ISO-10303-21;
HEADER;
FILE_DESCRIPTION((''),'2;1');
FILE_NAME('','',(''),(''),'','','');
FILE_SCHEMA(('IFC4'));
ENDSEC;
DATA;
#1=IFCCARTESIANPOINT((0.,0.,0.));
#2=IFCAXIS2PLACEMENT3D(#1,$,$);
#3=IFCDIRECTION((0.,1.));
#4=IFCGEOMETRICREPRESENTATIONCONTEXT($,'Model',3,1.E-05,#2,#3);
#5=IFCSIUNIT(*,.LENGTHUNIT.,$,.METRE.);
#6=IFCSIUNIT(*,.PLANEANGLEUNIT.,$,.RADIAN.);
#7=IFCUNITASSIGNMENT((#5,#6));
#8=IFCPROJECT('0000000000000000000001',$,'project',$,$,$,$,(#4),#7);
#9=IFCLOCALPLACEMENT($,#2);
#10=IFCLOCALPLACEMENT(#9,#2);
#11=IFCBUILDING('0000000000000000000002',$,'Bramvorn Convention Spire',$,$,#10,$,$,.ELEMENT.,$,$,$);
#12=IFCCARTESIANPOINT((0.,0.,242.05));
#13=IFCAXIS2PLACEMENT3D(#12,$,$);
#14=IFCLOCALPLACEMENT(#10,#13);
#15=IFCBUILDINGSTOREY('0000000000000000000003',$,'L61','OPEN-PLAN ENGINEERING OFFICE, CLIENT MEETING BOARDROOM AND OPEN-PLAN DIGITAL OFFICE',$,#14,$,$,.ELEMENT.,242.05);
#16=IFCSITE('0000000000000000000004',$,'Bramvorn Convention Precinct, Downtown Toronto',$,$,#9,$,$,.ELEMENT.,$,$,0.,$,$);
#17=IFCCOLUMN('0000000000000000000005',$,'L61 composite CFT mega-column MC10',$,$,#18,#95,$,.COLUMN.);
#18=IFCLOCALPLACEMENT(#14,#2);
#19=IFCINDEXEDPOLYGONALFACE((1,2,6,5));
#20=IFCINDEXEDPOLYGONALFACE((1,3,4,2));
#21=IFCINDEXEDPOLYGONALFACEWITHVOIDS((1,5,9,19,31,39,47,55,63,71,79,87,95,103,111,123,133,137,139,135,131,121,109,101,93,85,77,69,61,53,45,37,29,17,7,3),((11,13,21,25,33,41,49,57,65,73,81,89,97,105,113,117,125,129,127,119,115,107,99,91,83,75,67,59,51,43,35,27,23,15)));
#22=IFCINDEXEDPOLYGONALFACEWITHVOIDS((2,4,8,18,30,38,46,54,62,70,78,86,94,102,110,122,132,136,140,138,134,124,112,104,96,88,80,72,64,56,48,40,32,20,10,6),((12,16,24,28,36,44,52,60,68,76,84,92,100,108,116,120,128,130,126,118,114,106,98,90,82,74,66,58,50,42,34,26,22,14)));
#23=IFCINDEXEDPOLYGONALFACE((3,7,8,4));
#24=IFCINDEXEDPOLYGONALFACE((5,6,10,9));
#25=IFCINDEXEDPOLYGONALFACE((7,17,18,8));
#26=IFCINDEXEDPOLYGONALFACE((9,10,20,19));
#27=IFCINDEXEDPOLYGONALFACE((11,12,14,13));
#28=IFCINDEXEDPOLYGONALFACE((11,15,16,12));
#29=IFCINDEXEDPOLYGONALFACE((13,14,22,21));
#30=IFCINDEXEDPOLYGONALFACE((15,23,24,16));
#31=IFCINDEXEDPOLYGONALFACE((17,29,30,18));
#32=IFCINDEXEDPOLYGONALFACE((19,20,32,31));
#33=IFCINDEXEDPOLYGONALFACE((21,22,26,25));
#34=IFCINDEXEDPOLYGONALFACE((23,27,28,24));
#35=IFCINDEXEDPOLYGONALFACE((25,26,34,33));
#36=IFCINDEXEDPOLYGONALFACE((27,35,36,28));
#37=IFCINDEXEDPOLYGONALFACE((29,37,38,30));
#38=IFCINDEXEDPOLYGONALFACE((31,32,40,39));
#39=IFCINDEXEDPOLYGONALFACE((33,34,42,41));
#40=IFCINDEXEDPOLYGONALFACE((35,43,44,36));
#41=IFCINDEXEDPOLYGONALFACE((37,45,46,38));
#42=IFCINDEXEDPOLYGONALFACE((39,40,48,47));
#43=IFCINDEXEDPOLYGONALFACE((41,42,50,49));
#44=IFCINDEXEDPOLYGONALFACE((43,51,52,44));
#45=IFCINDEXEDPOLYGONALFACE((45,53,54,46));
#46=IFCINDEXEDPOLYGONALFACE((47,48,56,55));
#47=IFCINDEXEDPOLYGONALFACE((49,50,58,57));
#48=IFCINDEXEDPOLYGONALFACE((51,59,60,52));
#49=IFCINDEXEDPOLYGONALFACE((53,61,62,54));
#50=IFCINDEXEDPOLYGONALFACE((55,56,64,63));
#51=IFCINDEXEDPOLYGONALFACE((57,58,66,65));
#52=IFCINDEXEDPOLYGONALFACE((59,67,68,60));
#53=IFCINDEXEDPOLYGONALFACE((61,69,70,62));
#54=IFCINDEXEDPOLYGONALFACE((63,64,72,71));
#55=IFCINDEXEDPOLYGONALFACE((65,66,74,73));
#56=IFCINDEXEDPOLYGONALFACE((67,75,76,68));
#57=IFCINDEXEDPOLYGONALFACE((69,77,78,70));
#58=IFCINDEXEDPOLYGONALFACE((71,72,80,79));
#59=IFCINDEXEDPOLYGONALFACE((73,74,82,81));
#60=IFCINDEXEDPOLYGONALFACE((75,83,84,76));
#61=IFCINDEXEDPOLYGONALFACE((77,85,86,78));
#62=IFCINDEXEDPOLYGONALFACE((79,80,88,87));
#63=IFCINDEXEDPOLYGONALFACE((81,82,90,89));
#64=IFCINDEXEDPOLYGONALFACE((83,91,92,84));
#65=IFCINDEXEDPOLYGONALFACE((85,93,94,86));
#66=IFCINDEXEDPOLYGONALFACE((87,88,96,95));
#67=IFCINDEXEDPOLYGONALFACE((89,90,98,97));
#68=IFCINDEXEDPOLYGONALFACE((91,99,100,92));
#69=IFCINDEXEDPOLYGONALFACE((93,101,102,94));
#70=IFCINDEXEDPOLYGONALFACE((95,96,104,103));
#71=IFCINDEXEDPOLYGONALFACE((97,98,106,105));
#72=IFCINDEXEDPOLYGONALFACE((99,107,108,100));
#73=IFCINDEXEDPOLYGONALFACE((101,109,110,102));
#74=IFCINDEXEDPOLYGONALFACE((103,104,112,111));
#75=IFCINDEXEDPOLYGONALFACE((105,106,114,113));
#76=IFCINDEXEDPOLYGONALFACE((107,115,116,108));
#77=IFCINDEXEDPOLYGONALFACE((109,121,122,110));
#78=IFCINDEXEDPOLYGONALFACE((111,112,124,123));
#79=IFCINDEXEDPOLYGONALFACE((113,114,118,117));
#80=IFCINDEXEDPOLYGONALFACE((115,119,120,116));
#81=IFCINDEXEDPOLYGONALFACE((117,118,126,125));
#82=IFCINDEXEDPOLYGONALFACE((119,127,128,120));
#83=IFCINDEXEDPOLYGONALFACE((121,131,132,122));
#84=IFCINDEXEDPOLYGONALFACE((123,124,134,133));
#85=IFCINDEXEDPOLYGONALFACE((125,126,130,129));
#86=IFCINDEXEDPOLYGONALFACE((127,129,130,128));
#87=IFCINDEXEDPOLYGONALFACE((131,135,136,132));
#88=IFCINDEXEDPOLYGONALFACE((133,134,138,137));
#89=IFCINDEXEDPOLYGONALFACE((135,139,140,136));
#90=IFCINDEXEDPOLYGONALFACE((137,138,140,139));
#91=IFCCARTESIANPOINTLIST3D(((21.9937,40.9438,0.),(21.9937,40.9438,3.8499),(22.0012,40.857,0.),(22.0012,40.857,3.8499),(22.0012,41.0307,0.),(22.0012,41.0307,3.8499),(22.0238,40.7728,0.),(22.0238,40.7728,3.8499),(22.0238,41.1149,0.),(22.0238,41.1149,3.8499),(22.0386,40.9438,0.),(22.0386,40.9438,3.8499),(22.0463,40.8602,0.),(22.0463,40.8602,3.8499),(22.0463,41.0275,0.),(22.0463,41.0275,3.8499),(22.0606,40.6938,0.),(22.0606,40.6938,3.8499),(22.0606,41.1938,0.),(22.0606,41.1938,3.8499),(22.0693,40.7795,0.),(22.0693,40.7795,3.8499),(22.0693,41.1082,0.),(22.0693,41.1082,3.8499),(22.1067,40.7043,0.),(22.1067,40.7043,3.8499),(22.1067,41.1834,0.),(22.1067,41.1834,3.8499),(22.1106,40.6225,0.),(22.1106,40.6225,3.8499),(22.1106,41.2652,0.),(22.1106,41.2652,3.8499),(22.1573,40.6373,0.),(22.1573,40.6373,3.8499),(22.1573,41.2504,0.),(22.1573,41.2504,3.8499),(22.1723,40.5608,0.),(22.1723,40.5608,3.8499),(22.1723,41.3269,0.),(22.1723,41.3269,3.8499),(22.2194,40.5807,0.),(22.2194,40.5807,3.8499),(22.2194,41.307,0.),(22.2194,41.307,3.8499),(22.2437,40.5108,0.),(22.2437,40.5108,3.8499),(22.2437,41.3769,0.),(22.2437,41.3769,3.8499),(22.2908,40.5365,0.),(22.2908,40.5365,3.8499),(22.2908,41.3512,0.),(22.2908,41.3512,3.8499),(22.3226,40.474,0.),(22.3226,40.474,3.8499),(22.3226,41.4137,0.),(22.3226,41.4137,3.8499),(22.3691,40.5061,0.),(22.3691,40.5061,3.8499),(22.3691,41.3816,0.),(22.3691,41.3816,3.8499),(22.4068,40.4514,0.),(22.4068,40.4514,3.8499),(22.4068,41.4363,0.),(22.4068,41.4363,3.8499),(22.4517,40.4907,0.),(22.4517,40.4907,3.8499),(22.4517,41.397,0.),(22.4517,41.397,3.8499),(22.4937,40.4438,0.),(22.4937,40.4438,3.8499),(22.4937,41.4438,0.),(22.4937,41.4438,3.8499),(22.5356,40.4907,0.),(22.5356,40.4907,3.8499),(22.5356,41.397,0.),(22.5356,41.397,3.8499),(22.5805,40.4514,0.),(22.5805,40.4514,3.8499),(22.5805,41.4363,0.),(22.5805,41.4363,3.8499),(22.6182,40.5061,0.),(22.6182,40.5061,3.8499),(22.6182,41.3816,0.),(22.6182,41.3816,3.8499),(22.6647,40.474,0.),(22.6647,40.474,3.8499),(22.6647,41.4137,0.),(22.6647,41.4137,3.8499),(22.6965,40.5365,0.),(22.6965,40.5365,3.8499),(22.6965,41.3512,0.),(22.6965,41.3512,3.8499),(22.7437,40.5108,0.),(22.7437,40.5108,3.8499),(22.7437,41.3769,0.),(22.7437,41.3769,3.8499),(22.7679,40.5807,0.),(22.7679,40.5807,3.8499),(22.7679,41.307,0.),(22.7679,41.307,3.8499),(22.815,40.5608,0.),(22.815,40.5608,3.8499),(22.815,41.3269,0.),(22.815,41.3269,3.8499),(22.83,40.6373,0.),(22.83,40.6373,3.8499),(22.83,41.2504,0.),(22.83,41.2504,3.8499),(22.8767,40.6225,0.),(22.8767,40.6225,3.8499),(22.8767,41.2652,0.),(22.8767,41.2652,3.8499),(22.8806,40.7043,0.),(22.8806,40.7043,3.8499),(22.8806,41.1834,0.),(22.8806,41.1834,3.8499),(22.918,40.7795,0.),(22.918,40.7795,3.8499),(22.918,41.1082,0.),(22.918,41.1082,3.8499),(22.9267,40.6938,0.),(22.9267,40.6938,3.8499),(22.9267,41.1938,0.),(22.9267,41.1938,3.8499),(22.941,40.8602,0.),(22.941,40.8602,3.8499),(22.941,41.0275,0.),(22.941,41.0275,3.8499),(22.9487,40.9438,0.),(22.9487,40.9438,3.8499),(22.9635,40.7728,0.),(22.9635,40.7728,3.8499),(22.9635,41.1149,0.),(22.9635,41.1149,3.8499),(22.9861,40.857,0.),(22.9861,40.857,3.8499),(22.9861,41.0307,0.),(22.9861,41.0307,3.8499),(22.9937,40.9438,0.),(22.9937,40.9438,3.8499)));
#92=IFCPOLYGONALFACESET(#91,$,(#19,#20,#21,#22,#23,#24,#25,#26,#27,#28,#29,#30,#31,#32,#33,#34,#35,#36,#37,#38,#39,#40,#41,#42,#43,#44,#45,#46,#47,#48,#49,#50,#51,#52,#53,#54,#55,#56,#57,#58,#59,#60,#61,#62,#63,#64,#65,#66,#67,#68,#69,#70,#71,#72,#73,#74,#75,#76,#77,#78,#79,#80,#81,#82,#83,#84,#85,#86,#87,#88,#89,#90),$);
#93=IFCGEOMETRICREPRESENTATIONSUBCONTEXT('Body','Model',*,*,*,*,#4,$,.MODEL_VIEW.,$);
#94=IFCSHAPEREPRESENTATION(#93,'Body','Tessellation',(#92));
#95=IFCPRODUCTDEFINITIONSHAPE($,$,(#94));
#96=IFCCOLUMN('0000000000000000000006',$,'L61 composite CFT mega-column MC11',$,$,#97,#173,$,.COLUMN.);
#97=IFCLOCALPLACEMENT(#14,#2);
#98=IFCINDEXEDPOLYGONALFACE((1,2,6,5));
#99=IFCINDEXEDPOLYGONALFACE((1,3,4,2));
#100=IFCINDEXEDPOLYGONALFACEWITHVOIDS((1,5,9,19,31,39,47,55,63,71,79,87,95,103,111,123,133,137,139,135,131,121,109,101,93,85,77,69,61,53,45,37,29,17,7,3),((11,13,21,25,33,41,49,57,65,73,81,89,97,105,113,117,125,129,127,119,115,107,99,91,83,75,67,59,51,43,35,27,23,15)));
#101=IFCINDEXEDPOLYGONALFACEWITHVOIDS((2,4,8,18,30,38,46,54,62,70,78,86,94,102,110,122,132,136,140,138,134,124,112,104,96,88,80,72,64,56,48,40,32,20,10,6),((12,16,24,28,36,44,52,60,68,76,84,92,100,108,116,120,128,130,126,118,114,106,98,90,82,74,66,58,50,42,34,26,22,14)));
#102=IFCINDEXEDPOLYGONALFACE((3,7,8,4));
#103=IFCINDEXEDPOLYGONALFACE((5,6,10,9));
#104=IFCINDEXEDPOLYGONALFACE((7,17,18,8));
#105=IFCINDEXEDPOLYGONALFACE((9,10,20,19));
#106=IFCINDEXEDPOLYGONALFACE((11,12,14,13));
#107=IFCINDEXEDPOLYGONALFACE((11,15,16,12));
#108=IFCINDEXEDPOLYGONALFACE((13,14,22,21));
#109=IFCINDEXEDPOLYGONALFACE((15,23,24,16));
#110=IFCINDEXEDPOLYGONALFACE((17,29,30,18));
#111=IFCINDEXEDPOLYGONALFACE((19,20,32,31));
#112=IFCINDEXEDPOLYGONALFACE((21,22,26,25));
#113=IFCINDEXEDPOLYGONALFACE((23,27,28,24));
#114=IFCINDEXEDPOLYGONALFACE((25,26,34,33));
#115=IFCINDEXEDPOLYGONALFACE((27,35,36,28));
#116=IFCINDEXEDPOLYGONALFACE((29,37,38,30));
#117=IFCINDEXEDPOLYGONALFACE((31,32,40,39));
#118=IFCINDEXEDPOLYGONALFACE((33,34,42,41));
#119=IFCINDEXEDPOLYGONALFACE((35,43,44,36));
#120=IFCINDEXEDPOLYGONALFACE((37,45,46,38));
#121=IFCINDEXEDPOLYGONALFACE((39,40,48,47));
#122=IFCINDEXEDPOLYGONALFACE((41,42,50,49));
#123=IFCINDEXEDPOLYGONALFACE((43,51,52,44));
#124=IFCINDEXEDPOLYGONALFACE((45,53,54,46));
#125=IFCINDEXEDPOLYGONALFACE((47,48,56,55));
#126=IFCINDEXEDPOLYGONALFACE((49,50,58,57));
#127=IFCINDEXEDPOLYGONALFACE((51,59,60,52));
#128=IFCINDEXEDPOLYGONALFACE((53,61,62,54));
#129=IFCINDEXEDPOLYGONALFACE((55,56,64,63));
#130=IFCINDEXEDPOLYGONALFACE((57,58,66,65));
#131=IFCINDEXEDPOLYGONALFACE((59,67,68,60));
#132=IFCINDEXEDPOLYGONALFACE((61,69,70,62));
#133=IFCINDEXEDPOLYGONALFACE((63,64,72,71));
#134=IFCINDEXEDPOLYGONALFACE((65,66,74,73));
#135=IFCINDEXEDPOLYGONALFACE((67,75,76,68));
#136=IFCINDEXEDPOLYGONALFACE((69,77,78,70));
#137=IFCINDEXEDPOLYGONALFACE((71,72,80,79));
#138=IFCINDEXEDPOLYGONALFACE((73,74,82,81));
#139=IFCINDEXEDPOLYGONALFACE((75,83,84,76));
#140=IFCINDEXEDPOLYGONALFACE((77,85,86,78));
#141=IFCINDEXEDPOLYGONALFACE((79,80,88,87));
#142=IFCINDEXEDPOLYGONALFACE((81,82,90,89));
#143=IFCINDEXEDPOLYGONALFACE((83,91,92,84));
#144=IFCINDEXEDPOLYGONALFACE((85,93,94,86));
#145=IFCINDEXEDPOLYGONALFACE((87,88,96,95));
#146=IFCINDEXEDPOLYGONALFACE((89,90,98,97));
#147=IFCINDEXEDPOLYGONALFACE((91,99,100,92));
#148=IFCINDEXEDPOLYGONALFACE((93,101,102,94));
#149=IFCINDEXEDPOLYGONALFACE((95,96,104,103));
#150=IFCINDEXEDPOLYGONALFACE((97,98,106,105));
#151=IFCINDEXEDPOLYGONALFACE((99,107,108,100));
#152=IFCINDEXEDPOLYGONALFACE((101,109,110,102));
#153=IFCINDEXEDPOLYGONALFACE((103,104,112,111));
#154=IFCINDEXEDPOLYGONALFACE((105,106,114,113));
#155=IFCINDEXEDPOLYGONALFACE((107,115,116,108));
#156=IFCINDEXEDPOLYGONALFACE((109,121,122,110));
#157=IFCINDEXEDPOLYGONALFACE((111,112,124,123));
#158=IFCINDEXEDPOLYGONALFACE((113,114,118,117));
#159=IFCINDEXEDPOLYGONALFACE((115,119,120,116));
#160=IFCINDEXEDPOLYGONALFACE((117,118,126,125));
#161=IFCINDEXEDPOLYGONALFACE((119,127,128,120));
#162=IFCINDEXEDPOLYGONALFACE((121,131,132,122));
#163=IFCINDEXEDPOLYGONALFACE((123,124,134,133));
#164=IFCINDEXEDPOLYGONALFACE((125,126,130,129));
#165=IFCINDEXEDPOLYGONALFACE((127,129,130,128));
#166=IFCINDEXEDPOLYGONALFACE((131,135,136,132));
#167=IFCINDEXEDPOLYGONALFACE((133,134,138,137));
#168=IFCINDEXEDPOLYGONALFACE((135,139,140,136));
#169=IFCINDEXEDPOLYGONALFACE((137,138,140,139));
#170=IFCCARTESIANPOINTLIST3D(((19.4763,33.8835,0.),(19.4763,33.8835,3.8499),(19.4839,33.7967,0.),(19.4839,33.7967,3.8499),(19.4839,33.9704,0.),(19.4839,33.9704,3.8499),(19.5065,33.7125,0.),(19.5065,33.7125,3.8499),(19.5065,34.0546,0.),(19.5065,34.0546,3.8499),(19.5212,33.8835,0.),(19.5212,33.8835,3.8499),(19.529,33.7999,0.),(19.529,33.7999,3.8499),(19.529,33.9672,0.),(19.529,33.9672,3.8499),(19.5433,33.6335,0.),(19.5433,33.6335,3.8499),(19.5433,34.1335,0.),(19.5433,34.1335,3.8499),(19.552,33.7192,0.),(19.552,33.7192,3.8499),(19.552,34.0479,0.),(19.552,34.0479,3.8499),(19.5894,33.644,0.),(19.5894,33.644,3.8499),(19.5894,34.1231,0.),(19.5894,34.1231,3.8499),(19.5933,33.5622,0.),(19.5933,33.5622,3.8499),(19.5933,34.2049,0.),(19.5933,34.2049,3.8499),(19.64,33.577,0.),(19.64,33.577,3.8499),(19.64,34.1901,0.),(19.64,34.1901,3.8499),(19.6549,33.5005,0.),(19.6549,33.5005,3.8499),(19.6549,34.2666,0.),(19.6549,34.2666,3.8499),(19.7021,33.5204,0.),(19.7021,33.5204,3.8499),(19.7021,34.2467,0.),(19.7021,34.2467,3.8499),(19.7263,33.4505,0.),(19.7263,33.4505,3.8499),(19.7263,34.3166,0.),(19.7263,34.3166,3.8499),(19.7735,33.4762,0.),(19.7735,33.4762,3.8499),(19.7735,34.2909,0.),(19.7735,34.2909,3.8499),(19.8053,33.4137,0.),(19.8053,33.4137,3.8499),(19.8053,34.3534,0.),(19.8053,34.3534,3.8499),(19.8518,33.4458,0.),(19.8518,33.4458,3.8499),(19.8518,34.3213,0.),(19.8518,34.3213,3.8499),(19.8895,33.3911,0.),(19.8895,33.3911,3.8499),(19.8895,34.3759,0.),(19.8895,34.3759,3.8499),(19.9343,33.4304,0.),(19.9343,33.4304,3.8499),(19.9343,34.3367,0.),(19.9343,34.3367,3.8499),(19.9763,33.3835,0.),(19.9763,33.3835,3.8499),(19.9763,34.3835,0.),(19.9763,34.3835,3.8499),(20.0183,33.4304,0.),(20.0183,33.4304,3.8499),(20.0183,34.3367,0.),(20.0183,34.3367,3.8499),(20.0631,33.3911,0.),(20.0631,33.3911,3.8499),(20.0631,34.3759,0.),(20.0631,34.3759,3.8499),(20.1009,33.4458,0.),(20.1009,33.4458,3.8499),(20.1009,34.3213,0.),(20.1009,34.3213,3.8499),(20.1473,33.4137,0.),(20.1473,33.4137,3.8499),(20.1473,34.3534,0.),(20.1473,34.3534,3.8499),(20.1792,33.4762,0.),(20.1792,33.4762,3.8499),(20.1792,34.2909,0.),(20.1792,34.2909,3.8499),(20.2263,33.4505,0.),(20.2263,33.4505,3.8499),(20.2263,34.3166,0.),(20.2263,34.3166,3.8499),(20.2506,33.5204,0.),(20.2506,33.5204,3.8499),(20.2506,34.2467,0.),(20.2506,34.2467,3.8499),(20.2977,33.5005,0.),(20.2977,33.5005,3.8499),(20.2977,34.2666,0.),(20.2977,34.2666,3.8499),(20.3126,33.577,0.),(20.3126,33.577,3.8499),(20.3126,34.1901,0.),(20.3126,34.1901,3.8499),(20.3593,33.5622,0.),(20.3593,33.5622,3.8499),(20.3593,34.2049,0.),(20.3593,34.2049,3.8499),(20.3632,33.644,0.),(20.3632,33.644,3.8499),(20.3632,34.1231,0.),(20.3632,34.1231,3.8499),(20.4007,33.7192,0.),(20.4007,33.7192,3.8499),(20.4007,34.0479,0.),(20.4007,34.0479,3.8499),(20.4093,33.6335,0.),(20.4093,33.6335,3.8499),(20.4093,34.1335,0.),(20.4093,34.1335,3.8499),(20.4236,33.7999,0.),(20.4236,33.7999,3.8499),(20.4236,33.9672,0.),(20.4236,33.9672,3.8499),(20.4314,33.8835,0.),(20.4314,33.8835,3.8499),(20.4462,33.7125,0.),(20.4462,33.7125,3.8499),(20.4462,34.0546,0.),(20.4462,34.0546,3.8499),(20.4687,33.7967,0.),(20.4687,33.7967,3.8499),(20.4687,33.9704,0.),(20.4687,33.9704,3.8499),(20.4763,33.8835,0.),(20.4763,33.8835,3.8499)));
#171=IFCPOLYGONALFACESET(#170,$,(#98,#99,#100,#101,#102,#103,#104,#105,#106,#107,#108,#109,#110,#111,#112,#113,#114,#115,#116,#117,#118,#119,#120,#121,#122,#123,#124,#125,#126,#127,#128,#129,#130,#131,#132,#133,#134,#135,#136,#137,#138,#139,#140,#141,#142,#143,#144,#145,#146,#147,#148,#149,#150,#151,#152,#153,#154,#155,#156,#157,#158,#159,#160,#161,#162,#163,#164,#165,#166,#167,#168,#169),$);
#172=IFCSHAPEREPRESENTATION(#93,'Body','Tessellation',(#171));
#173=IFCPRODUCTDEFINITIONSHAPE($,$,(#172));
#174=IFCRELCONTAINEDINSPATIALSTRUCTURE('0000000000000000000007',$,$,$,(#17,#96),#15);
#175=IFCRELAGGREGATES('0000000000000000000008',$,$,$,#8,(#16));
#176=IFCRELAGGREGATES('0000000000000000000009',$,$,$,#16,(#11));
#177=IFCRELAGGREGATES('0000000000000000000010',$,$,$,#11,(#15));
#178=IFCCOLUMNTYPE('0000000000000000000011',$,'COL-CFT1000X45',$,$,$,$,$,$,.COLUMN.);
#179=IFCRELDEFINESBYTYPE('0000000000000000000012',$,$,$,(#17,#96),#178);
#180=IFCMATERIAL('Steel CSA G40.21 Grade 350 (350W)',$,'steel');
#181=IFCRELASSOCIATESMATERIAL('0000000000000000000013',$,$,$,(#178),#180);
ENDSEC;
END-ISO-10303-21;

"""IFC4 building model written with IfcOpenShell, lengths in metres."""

from ifc_helpers import new_model, si_unit, direction, frame, origin, origin_2d, place, context, subcontext, project, spatial, hollow_circle, extrude, material, material_profile, profile_set, type_object, element, save


model = new_model("IFC4")

# Units and contexts
model_context = context("Model", 3, precision=1e-05, world=origin(), true_north=direction((0.0, 1.0)))
body_context = subcontext(model_context, "Body", "Model", "MODEL_VIEW")
ifc_project = project(units=[si_unit("LENGTHUNIT", "METRE"), si_unit("PLANEANGLEUNIT", "RADIAN")], contexts=[model_context])

# Site, building, storey
site_placement = place(None, origin())
site = spatial("IfcSite", under=ifc_project, at=site_placement, Name="Bramvorn Convention Precinct, Downtown Toronto", CompositionType="ELEMENT", RefElevation=0.0)
building_placement = place(site_placement, origin())
building = spatial("IfcBuilding", under=site, at=building_placement, Name="Bramvorn Convention Spire", CompositionType="ELEMENT")
storey_placement = place(building_placement, frame((0.0, 0.0, 242.05)))
storey = spatial("IfcBuildingStorey", under=building, at=storey_placement, Name="L61", Description="OPEN-PLAN ENGINEERING OFFICE, CLIENT MEETING BOARDROOM AND OPEN-PLAN DIGITAL OFFICE", CompositionType="ELEMENT", Elevation=242.05)

# Columns
ifc_material_1 = material(Name="Steel CSA G40.21 Grade 350 (350W)", Category="steel")
ifc_material_profile_1 = material_profile(ifc_material_1, hollow_circle(Radius=0.5, WallThickness=0.0449, at=origin_2d()))
ifc_profile_set_1 = profile_set([ifc_material_profile_1], Name="Steel CSA G40.21 Grade 350 (350W) - CFT1000X45")
column_type = type_object("IfcColumnType", Name="COL-CFT1000X45", PredefinedType="COLUMN", material=ifc_profile_set_1)
for number, where, z_axis, x_axis, name in (
    (1, (22.4937, 40.9438, 0.0), (0.0, 0.0, 1.0), (1.0, 0.0, 0.0), "L61 composite CFT mega-column MC10"),
    (2, (19.9763, 33.8835, 0.0), (0.0, 0.0, 1.0), (1.0, 0.0, 0.0), "L61 composite CFT mega-column MC11"),
):
    element("IfcColumn", number, at=place(storey_placement, frame(where, z_axis=z_axis, x_axis=x_axis)), inside=storey, type_object=column_type, Name=name, PredefinedType="COLUMN", context=body_context, shape_type="SweptSolid", body=[
        extrude(hollow_circle(Radius=0.5, WallThickness=0.0449, at=origin_2d()), origin(), (0.0, 0.0, 1.0), 3.8499),
    ])

save(model, "model.ifc")
